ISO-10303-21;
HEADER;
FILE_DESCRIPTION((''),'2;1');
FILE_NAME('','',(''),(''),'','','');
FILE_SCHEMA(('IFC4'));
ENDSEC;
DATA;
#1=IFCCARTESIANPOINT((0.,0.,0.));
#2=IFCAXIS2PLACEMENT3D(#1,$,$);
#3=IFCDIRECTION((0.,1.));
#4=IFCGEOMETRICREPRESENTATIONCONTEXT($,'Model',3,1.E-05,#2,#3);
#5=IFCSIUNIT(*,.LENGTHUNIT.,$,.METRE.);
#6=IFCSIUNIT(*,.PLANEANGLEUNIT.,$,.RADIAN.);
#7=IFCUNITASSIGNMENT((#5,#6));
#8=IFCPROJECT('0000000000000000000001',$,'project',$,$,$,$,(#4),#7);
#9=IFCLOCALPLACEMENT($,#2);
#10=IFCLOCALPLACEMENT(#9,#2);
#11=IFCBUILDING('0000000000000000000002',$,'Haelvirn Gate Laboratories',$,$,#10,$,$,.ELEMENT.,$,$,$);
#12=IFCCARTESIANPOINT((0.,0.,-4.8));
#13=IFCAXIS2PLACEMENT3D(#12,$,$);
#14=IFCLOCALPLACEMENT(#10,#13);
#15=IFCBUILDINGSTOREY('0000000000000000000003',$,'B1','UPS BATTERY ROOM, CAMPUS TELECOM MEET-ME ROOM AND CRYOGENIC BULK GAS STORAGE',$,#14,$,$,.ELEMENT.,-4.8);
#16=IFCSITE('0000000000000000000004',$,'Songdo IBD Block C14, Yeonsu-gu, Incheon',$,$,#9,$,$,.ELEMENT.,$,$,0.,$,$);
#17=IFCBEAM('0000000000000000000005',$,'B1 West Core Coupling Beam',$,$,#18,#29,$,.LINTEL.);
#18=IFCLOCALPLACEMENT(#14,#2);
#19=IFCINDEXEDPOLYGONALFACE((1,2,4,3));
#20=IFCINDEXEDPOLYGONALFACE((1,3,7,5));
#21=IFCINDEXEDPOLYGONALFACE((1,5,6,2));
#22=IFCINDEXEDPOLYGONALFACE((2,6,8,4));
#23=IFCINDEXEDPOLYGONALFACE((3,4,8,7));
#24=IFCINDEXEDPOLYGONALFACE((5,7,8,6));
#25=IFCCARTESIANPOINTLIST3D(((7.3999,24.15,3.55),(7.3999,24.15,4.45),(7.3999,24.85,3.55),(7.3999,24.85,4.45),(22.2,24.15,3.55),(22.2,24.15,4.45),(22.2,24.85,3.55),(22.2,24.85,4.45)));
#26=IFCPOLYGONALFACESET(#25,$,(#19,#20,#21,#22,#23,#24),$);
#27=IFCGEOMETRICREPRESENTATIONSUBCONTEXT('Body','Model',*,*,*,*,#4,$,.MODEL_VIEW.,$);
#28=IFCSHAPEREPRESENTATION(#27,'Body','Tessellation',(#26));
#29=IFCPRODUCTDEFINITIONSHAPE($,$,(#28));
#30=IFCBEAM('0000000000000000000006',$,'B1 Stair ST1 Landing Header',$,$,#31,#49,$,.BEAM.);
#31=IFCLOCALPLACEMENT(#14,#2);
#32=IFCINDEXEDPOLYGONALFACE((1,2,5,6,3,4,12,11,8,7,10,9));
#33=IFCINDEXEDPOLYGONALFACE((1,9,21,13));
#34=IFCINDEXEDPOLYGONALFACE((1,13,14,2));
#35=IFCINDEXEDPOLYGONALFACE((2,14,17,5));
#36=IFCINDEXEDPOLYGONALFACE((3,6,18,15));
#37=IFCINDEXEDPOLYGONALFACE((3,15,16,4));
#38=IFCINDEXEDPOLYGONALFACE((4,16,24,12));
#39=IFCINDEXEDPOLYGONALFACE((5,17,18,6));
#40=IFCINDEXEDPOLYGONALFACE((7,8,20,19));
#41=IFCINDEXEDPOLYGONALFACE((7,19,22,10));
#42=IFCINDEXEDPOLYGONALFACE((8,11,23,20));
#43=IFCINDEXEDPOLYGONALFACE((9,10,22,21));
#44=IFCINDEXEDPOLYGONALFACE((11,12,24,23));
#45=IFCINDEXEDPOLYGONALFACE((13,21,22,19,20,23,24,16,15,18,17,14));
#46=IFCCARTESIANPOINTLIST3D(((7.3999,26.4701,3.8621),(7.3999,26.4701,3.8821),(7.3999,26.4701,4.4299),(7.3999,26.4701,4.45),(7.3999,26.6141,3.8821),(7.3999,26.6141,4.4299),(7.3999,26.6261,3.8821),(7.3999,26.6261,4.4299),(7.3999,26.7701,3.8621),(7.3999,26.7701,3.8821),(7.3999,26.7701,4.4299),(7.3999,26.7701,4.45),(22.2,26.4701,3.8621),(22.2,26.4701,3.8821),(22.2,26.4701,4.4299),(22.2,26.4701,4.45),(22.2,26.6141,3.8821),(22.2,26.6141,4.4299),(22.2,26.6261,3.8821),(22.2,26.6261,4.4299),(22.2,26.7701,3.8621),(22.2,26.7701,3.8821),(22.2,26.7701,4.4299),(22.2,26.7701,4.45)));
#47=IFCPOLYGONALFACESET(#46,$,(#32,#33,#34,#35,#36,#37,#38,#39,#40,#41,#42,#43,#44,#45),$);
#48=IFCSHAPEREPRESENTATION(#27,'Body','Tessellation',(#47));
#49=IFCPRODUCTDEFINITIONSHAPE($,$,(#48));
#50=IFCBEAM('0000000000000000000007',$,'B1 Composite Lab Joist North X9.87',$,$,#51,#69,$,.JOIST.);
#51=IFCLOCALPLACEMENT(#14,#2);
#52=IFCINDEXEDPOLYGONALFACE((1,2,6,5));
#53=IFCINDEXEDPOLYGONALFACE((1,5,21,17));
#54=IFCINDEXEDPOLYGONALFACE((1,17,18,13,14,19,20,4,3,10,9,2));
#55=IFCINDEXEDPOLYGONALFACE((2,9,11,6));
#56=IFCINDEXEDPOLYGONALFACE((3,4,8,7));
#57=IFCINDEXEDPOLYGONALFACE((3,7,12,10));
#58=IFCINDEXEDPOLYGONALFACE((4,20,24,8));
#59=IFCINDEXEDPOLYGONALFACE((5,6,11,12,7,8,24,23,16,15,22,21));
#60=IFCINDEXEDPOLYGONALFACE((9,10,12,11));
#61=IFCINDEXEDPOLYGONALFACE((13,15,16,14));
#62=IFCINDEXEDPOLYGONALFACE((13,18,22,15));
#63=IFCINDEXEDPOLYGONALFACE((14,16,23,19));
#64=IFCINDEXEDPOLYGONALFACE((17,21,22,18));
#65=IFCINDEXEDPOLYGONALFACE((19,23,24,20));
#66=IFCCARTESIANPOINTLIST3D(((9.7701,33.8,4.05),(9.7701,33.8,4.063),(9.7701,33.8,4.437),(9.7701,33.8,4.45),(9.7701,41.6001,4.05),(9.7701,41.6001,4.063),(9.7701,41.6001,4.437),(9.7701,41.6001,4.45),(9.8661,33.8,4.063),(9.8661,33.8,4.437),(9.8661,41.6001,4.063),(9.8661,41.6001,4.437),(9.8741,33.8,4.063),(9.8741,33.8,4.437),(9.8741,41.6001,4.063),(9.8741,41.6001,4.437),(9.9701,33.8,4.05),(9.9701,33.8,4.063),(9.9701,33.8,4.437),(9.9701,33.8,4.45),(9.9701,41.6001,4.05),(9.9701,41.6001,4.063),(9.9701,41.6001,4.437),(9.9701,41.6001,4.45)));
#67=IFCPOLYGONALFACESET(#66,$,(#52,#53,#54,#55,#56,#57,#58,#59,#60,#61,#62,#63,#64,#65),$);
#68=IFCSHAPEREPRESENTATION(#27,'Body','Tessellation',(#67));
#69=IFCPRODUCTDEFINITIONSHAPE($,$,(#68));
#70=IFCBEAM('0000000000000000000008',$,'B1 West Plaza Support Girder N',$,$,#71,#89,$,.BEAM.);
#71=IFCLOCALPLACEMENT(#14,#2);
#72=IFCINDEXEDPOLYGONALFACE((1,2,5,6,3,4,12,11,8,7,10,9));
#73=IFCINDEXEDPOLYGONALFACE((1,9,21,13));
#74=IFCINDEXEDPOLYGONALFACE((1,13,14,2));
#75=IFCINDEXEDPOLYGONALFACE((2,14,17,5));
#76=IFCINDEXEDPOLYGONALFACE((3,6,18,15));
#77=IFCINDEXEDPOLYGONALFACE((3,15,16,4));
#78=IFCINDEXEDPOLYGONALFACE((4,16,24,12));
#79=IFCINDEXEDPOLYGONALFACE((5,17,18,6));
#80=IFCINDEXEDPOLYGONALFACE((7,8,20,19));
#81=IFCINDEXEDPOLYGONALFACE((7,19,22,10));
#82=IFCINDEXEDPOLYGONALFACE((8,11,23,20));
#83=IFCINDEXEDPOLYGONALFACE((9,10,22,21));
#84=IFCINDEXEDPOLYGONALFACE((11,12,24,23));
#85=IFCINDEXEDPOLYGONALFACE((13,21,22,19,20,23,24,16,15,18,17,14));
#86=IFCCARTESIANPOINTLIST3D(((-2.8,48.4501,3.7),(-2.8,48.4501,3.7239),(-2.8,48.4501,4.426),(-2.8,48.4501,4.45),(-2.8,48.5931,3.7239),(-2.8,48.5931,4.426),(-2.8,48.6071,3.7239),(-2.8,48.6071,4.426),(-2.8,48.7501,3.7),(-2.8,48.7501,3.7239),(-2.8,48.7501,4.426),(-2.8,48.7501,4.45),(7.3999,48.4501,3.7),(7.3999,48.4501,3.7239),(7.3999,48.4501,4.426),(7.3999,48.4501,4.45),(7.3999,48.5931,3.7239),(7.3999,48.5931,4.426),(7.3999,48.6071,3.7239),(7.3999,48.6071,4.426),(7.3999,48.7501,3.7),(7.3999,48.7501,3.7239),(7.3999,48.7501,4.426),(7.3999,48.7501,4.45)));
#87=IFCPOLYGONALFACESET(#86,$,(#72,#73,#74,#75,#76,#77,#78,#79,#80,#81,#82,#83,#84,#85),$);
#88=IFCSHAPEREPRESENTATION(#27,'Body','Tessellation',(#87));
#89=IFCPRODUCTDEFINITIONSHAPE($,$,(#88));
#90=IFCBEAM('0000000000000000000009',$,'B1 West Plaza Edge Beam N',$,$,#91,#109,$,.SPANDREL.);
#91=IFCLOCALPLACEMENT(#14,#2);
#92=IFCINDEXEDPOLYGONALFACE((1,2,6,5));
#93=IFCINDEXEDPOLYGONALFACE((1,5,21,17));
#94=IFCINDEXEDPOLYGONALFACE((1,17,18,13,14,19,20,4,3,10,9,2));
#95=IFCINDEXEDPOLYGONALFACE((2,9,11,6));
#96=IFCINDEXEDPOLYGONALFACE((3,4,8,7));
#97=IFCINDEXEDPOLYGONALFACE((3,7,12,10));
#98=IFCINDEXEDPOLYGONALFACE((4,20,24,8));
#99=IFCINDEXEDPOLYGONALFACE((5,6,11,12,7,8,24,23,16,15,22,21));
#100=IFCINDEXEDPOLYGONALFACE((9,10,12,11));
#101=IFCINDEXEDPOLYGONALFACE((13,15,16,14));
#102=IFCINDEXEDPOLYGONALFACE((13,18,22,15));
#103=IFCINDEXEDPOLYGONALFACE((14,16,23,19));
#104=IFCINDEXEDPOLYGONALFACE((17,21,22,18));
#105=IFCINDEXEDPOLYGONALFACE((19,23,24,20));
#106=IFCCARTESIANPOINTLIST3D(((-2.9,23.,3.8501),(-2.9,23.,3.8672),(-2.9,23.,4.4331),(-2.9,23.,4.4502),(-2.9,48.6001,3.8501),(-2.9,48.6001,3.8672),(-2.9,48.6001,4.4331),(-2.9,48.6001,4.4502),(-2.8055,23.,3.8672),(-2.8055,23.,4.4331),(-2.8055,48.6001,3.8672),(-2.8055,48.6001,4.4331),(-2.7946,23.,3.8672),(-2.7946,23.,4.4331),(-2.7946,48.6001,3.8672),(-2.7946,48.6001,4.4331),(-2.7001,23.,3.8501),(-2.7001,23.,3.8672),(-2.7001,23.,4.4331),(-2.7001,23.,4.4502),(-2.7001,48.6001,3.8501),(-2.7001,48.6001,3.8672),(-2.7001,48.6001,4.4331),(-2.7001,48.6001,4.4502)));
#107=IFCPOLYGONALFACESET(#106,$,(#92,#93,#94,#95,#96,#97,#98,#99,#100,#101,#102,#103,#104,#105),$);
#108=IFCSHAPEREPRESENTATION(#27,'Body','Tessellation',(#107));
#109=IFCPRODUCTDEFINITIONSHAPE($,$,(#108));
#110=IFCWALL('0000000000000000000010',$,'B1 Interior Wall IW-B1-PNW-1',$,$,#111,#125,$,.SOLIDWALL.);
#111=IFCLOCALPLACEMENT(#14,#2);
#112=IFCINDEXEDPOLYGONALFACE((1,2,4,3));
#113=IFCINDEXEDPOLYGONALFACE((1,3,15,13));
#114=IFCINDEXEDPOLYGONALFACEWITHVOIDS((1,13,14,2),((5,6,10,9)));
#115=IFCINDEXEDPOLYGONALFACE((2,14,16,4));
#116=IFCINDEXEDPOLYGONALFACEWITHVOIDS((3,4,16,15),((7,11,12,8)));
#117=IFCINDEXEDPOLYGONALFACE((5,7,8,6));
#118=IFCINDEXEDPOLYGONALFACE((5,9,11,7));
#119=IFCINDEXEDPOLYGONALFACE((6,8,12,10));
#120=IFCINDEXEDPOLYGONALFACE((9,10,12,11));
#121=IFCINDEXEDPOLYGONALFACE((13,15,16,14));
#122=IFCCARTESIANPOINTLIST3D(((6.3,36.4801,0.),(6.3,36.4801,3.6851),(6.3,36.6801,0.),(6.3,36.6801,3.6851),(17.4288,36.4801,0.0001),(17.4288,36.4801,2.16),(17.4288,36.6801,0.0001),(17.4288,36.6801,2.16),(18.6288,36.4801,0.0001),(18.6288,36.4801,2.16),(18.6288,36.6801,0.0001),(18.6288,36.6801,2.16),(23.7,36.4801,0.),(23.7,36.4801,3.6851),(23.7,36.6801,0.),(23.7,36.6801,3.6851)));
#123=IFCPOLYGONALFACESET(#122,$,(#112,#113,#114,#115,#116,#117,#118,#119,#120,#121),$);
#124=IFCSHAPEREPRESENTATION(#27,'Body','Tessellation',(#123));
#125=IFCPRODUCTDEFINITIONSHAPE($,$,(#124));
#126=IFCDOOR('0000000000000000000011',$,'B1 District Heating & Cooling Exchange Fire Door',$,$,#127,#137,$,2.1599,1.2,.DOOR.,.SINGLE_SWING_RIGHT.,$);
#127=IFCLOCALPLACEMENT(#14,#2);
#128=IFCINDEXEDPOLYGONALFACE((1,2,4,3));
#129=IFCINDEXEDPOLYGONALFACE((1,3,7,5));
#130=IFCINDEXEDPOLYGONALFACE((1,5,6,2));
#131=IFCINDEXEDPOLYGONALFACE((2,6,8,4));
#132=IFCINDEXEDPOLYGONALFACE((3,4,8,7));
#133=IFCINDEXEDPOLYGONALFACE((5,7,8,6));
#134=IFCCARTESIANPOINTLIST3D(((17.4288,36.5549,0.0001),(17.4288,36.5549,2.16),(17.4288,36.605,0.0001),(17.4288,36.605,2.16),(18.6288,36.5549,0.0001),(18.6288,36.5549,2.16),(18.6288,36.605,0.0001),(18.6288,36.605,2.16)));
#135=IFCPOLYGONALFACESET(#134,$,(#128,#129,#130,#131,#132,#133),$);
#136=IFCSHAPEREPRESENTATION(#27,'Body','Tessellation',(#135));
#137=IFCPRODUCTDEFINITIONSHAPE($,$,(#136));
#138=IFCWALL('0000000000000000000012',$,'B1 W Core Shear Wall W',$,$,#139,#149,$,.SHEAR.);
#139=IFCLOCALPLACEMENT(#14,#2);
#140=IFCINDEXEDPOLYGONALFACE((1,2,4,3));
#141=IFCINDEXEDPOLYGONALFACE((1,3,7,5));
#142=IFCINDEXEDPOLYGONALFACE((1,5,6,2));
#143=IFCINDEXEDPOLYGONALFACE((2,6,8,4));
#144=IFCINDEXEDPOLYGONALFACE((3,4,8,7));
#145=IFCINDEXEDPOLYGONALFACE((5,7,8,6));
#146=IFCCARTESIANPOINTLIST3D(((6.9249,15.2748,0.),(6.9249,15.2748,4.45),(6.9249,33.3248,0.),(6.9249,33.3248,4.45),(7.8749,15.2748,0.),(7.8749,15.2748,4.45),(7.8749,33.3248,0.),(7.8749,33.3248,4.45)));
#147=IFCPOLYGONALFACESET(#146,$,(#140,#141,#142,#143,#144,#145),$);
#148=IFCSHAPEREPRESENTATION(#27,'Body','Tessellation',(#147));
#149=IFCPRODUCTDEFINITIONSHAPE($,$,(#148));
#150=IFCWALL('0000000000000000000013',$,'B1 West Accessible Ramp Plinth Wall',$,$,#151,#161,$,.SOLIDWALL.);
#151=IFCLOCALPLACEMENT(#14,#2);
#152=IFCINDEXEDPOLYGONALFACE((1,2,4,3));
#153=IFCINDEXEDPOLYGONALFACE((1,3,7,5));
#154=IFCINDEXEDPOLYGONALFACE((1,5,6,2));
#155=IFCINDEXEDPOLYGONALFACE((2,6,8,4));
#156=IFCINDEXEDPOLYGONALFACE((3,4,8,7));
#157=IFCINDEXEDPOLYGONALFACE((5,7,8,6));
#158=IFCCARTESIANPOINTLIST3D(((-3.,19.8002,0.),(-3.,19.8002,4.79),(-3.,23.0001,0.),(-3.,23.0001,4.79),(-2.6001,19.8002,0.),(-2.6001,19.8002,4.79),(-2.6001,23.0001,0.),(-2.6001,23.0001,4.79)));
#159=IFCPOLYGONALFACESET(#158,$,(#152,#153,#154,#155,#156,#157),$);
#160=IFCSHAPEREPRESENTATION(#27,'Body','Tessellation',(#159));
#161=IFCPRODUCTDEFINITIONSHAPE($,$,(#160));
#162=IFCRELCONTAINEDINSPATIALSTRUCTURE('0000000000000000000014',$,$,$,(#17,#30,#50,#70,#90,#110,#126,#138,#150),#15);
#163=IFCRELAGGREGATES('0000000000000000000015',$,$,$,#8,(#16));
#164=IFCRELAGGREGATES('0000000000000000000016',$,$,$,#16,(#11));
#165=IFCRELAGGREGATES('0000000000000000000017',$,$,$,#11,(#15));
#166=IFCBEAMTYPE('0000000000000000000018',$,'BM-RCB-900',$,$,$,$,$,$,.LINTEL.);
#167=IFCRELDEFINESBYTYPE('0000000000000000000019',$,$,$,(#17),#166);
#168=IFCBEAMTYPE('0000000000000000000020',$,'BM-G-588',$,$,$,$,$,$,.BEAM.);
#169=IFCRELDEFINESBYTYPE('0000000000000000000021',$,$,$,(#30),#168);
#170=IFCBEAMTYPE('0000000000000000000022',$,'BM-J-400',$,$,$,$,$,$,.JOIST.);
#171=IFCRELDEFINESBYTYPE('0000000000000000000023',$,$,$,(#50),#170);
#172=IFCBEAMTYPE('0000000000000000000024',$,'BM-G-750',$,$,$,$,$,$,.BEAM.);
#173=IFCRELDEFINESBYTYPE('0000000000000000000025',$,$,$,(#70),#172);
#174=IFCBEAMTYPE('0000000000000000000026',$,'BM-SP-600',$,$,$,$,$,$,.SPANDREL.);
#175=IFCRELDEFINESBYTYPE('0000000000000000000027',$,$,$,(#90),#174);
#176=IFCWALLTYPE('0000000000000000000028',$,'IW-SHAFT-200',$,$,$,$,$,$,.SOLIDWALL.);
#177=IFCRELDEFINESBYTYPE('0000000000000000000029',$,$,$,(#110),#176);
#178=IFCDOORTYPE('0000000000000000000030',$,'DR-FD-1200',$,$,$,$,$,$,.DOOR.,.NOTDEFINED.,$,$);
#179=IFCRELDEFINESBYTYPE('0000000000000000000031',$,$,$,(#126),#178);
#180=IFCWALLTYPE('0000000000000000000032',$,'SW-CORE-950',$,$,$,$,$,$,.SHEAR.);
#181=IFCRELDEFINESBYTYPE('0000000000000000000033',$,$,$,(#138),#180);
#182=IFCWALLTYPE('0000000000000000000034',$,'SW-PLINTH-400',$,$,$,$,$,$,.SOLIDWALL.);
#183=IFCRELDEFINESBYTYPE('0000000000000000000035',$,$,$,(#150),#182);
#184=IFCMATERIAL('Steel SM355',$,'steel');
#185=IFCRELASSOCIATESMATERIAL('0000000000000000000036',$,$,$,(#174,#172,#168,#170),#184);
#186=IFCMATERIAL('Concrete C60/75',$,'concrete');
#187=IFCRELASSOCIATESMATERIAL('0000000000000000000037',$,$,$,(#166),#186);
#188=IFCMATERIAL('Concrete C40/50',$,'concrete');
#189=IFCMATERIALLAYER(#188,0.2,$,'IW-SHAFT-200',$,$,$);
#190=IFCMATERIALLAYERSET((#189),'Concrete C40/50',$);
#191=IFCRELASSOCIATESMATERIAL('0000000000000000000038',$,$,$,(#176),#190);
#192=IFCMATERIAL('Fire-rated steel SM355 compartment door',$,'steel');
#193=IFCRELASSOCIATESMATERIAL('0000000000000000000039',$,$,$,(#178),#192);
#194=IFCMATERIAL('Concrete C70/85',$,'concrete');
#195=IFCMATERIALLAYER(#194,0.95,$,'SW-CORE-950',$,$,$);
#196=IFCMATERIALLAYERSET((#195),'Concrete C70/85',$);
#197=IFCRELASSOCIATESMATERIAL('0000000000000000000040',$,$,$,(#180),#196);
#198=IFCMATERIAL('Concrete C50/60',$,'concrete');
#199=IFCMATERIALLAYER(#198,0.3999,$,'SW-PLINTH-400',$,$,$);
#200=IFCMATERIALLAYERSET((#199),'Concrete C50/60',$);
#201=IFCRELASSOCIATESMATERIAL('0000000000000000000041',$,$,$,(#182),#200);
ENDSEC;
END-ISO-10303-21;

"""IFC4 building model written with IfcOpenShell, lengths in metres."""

from ifc_helpers import new_model, si_unit, direction, frame, frame_2d, origin, origin_2d, place, context, subcontext, project, spatial, rectangle, i_section, extrude, source, transform, mapped, material, layer, layer_set, material_profile, profile_set, type_object, type_shapes, element, fill, save


model = new_model("IFC4")

# Units and contexts
model_context = context("Model", 3, precision=1e-05, world=origin(), true_north=direction((0.0, 1.0)))
body_context = subcontext(model_context, "Body", "Model", "MODEL_VIEW")
ifc_project = project(units=[si_unit("LENGTHUNIT", "METRE"), si_unit("PLANEANGLEUNIT", "RADIAN")], contexts=[model_context])

# Site, building, storey
site_placement = place(None, origin())
site = spatial("IfcSite", under=ifc_project, at=site_placement, Name="Songdo IBD Block C14, Yeonsu-gu, Incheon", CompositionType="ELEMENT", RefElevation=0.0)
building_placement = place(site_placement, origin())
building = spatial("IfcBuilding", under=site, at=building_placement, Name="Haelvirn Gate Laboratories", CompositionType="ELEMENT")
storey_placement = place(building_placement, frame((0.0, 0.0, -4.8)))
storey = spatial("IfcBuildingStorey", under=building, at=storey_placement, Name="B1", Description="UPS BATTERY ROOM, CAMPUS TELECOM MEET-ME ROOM AND CRYOGENIC BULK GAS STORAGE", CompositionType="ELEMENT", Elevation=-4.8)

# Shared definitions
ifc_material_1 = material(Name="Concrete C70/85", Category="concrete")
ifc_material_2 = material(Name="Concrete C60/75", Category="concrete")

# Beams
ifc_material_3 = material(Name="Steel SM355", Category="steel")
ifc_material_profile_1 = material_profile(ifc_material_3, i_section(OverallWidth=0.2, OverallDepth=0.6001, WebThickness=0.011, FlangeThickness=0.0171, at=origin_2d()), Name="H-600x200x11x17")
ifc_profile_set_1 = profile_set([ifc_material_profile_1], Name="Steel SM355")
beam_type_1 = type_object("IfcBeamType", Name="BM-SP-600", PredefinedType="SPANDREL", material=ifc_profile_set_1)
ifc_material_profile_2 = material_profile(ifc_material_3, i_section(OverallWidth=0.3, OverallDepth=0.75, WebThickness=0.0139, FlangeThickness=0.0239, at=origin_2d()), Name="H-750x300x14x24")
ifc_profile_set_2 = profile_set([ifc_material_profile_2], Name="Steel SM355")
beam_type_2 = type_object("IfcBeamType", Name="BM-G-750", PredefinedType="BEAM", material=ifc_profile_set_2)
ifc_material_profile_3 = material_profile(ifc_material_2, rectangle(XDim=0.7, YDim=0.8999, at=origin_2d()), Name="RCB-700x900")
ifc_profile_set_3 = profile_set([ifc_material_profile_3], Name="Concrete C60/75")
beam_type_3 = type_object("IfcBeamType", Name="BM-RCB-900", PredefinedType="LINTEL", material=ifc_profile_set_3)
shared_shape_1 = source(origin(), body_context, "Body", "SweptSolid", [
    extrude(rectangle(XDim=0.7, YDim=0.8999, at=origin_2d()), origin(), (0.0, 0.0, 1.0), 14.8),
])
type_shapes(beam_type_3, [shared_shape_1])
beam_1_placement = place(storey_placement, frame((7.3999, 24.5, 4.0), z_axis=(1.0, 0.0, 0.0), x_axis=(0.0, 1.0, 0.0)))
element("IfcBeam", 1, at=beam_1_placement, inside=storey, type_object=beam_type_3, Name="B1 West Core Coupling Beam", PredefinedType="LINTEL", context=body_context, shape_type="MappedRepresentation", body=[
    mapped(shared_shape_1, transform((0.0, 0.0, 0.0), scale=1.0)),
])
ifc_material_profile_4 = material_profile(ifc_material_3, i_section(OverallWidth=0.3, OverallDepth=0.5879, WebThickness=0.012, FlangeThickness=0.02, at=origin_2d()), Name="H-588x300x12x20")
ifc_profile_set_4 = profile_set([ifc_material_profile_4], Name="Steel SM355")
beam_type_4 = type_object("IfcBeamType", Name="BM-G-588", PredefinedType="BEAM", material=ifc_profile_set_4)
shared_shape_2 = source(origin(), body_context, "Body", "SweptSolid", [
    extrude(i_section(OverallWidth=0.3, OverallDepth=0.5879, WebThickness=0.012, FlangeThickness=0.02, at=origin_2d()), origin(), (0.0, 0.0, 1.0), 14.8),
])
type_shapes(beam_type_4, [shared_shape_2])
beam_2_placement = place(storey_placement, frame((7.3999, 26.6201, 4.156), z_axis=(1.0, 0.0, 0.0), x_axis=(0.0, 1.0, 0.0)))
element("IfcBeam", 2, at=beam_2_placement, inside=storey, type_object=beam_type_4, Name="B1 Stair ST1 Landing Header", PredefinedType="BEAM", context=body_context, shape_type="MappedRepresentation", body=[
    mapped(shared_shape_2, transform((0.0, 0.0, 0.0), scale=1.0)),
])
ifc_material_profile_5 = material_profile(ifc_material_3, i_section(OverallWidth=0.2, OverallDepth=0.3999, WebThickness=0.0081, FlangeThickness=0.0129, at=origin_2d()), Name="H-400x200x8x13")
ifc_profile_set_5 = profile_set([ifc_material_profile_5], Name="Steel SM355")
beam_type_5 = type_object("IfcBeamType", Name="BM-J-400", PredefinedType="JOIST", material=ifc_profile_set_5)
shared_shape_3 = source(origin(), body_context, "Body", "SweptSolid", [
    extrude(i_section(OverallWidth=0.2, OverallDepth=0.3999, WebThickness=0.0081, FlangeThickness=0.0129, at=origin_2d()), origin(), (0.0, 0.0, 1.0), 7.8),
])
type_shapes(beam_type_5, [shared_shape_3])
beam_3_placement = place(storey_placement, frame((9.8701, 33.8, 4.25), z_axis=(0.0, 1.0, 0.0), x_axis=(-1.0, 0.0, 0.0)))
element("IfcBeam", 3, at=beam_3_placement, inside=storey, type_object=beam_type_5, Name="B1 Composite Lab Joist North X9.87", PredefinedType="JOIST", context=body_context, shape_type="MappedRepresentation", body=[
    mapped(shared_shape_3, transform((0.0, 0.0, 0.0), scale=1.0)),
])
shared_shape_4 = source(origin(), body_context, "Body", "SweptSolid", [
    extrude(i_section(OverallWidth=0.3, OverallDepth=0.75, WebThickness=0.0139, FlangeThickness=0.0239, at=origin_2d()), origin(), (0.0, 0.0, 1.0), 10.2),
])
beam_4_placement = place(storey_placement, frame((-2.8, 48.6001, 4.075), z_axis=(1.0, 0.0, 0.0), x_axis=(0.0, 1.0, 0.0)))
element("IfcBeam", 4, at=beam_4_placement, inside=storey, type_object=beam_type_2, Name="B1 West Plaza Support Girder N", PredefinedType="BEAM", context=body_context, shape_type="MappedRepresentation", body=[
    mapped(shared_shape_4, transform((0.0, 0.0, 0.0), scale=1.0)),
])
shared_shape_5 = source(origin(), body_context, "Body", "SweptSolid", [
    extrude(i_section(OverallWidth=0.2, OverallDepth=0.6001, WebThickness=0.011, FlangeThickness=0.0171, at=origin_2d()), origin(), (0.0, 0.0, 1.0), 25.6001),
])
beam_5_placement = place(storey_placement, frame((-2.8, 23.0, 4.1501), z_axis=(0.0, 1.0, 0.0), x_axis=(-1.0, 0.0, 0.0)))
element("IfcBeam", 5, at=beam_5_placement, inside=storey, type_object=beam_type_1, Name="B1 West Plaza Edge Beam N", PredefinedType="SPANDREL", context=body_context, shape_type="MappedRepresentation", body=[
    mapped(shared_shape_5, transform((0.0, 0.0, 0.0), scale=1.0)),
])

# Wall, opening, door
ifc_material_4 = material(Name="Concrete C40/50", Category="concrete")
ifc_layer_1 = layer(ifc_material_4, 0.2, Name="IW-SHAFT-200")
ifc_layer_set_1 = layer_set([ifc_layer_1], Name="Concrete C40/50")
wall_type_1 = type_object("IfcWallType", Name="IW-SHAFT-200", PredefinedType="SOLIDWALL", material=ifc_layer_set_1)
wall_1_placement = place(storey_placement, frame((6.3, 36.5801, 0.0), z_axis=(0.0, 0.0, 1.0), x_axis=(1.0, 0.0, 0.0)))
wall_1 = element("IfcWall", 6, at=wall_1_placement, inside=storey, type_object=wall_type_1, Name="B1 Interior Wall IW-B1-PNW-1", PredefinedType="SOLIDWALL", context=body_context, shape_type="SweptSolid", body=[
    extrude(rectangle(XDim=17.3999, YDim=0.2, at=frame_2d((8.7, 0.0))), origin(), (0.0, 0.0, 1.0), 3.6851),
])
opening_1_placement = place(wall_1_placement, frame((11.1287, 0.0, 0.0)))
opening_1 = element("IfcOpeningElement", 7, at=opening_1_placement, cuts=wall_1, PredefinedType="OPENING", context=body_context, shape_type="SweptSolid", body=[
    extrude(rectangle(XDim=1.2, YDim=2.1599, at=frame_2d((0.6001, 1.0801))), frame((0.0, 0.1099, 0.0), z_axis=(0.0, -1.0, 0.0), x_axis=(1.0, 0.0, 0.0)), (0.0, 0.0, 1.0), 0.22),
])
ifc_material_5 = material(Name="Fire-rated steel SM355 compartment door", Category="steel")
door_type_1 = type_object("IfcDoorType", Name="DR-FD-1200", OperationType="NOTDEFINED", PredefinedType="DOOR", material=ifc_material_5)
shared_shape_6 = source(origin(), body_context, "Body", "SweptSolid", [
    extrude(rectangle(XDim=1.2, YDim=2.1599, at=frame_2d((0.6001, 1.0801))), frame((0.0, 0.0249, 0.0), z_axis=(0.0, -1.0, 0.0), x_axis=(1.0, 0.0, 0.0)), (0.0, 0.0, 1.0), 0.05),
])
type_shapes(door_type_1, [shared_shape_6])
door_1_placement = place(opening_1_placement, origin())
door_1 = element("IfcDoor", 8, at=door_1_placement, inside=storey, type_object=door_type_1, Name="B1 District Heating & Cooling Exchange Fire Door", OperationType="SINGLE_SWING_RIGHT", OverallHeight=2.1599, OverallWidth=1.2, PredefinedType="DOOR", context=body_context, shape_type="MappedRepresentation", body=[
    mapped(shared_shape_6, transform((0.0, 0.0, 0.0), scale=1.0)),
])
fill(opening_1, door_1)

# Shared definitions
ifc_layer_2 = layer(ifc_material_1, 0.95, Name="SW-CORE-950")
ifc_layer_set_2 = layer_set([ifc_layer_2], Name="Concrete C70/85")
wall_type_2 = type_object("IfcWallType", Name="SW-CORE-950", PredefinedType="SHEAR", material=ifc_layer_set_2)

# Walls
wall_2_placement = place(storey_placement, frame((7.3999, 15.2749, 0.0), z_axis=(0.0, 0.0, 1.0), x_axis=(0.0, 1.0, 0.0)))
element("IfcWall", 9, at=wall_2_placement, inside=storey, type_object=wall_type_2, Name="B1 W Core Shear Wall W", PredefinedType="SHEAR", context=body_context, shape_type="SweptSolid", body=[
    extrude(rectangle(XDim=18.05, YDim=0.95, at=frame_2d((9.0249, 0.0))), origin(), (0.0, 0.0, 1.0), 4.45),
])
ifc_material_6 = material(Name="Concrete C50/60", Category="concrete")
ifc_layer_3 = layer(ifc_material_6, 0.3999, Name="SW-PLINTH-400")
ifc_layer_set_3 = layer_set([ifc_layer_3], Name="Concrete C50/60")
wall_type_3 = type_object("IfcWallType", Name="SW-PLINTH-400", PredefinedType="SOLIDWALL", material=ifc_layer_set_3)
wall_3_placement = place(storey_placement, frame((-2.8, 19.8, 0.0), z_axis=(0.0, 0.0, 1.0), x_axis=(0.0, 1.0, 0.0)))
element("IfcWall", 10, at=wall_3_placement, inside=storey, type_object=wall_type_3, Name="B1 West Accessible Ramp Plinth Wall", PredefinedType="SOLIDWALL", context=body_context, shape_type="SweptSolid", body=[
    extrude(rectangle(XDim=3.2, YDim=0.3999, at=frame_2d((1.6001, 0.0))), origin(), (0.0, 0.0, 1.0), 4.79),
])

save(model, "model.ifc")
